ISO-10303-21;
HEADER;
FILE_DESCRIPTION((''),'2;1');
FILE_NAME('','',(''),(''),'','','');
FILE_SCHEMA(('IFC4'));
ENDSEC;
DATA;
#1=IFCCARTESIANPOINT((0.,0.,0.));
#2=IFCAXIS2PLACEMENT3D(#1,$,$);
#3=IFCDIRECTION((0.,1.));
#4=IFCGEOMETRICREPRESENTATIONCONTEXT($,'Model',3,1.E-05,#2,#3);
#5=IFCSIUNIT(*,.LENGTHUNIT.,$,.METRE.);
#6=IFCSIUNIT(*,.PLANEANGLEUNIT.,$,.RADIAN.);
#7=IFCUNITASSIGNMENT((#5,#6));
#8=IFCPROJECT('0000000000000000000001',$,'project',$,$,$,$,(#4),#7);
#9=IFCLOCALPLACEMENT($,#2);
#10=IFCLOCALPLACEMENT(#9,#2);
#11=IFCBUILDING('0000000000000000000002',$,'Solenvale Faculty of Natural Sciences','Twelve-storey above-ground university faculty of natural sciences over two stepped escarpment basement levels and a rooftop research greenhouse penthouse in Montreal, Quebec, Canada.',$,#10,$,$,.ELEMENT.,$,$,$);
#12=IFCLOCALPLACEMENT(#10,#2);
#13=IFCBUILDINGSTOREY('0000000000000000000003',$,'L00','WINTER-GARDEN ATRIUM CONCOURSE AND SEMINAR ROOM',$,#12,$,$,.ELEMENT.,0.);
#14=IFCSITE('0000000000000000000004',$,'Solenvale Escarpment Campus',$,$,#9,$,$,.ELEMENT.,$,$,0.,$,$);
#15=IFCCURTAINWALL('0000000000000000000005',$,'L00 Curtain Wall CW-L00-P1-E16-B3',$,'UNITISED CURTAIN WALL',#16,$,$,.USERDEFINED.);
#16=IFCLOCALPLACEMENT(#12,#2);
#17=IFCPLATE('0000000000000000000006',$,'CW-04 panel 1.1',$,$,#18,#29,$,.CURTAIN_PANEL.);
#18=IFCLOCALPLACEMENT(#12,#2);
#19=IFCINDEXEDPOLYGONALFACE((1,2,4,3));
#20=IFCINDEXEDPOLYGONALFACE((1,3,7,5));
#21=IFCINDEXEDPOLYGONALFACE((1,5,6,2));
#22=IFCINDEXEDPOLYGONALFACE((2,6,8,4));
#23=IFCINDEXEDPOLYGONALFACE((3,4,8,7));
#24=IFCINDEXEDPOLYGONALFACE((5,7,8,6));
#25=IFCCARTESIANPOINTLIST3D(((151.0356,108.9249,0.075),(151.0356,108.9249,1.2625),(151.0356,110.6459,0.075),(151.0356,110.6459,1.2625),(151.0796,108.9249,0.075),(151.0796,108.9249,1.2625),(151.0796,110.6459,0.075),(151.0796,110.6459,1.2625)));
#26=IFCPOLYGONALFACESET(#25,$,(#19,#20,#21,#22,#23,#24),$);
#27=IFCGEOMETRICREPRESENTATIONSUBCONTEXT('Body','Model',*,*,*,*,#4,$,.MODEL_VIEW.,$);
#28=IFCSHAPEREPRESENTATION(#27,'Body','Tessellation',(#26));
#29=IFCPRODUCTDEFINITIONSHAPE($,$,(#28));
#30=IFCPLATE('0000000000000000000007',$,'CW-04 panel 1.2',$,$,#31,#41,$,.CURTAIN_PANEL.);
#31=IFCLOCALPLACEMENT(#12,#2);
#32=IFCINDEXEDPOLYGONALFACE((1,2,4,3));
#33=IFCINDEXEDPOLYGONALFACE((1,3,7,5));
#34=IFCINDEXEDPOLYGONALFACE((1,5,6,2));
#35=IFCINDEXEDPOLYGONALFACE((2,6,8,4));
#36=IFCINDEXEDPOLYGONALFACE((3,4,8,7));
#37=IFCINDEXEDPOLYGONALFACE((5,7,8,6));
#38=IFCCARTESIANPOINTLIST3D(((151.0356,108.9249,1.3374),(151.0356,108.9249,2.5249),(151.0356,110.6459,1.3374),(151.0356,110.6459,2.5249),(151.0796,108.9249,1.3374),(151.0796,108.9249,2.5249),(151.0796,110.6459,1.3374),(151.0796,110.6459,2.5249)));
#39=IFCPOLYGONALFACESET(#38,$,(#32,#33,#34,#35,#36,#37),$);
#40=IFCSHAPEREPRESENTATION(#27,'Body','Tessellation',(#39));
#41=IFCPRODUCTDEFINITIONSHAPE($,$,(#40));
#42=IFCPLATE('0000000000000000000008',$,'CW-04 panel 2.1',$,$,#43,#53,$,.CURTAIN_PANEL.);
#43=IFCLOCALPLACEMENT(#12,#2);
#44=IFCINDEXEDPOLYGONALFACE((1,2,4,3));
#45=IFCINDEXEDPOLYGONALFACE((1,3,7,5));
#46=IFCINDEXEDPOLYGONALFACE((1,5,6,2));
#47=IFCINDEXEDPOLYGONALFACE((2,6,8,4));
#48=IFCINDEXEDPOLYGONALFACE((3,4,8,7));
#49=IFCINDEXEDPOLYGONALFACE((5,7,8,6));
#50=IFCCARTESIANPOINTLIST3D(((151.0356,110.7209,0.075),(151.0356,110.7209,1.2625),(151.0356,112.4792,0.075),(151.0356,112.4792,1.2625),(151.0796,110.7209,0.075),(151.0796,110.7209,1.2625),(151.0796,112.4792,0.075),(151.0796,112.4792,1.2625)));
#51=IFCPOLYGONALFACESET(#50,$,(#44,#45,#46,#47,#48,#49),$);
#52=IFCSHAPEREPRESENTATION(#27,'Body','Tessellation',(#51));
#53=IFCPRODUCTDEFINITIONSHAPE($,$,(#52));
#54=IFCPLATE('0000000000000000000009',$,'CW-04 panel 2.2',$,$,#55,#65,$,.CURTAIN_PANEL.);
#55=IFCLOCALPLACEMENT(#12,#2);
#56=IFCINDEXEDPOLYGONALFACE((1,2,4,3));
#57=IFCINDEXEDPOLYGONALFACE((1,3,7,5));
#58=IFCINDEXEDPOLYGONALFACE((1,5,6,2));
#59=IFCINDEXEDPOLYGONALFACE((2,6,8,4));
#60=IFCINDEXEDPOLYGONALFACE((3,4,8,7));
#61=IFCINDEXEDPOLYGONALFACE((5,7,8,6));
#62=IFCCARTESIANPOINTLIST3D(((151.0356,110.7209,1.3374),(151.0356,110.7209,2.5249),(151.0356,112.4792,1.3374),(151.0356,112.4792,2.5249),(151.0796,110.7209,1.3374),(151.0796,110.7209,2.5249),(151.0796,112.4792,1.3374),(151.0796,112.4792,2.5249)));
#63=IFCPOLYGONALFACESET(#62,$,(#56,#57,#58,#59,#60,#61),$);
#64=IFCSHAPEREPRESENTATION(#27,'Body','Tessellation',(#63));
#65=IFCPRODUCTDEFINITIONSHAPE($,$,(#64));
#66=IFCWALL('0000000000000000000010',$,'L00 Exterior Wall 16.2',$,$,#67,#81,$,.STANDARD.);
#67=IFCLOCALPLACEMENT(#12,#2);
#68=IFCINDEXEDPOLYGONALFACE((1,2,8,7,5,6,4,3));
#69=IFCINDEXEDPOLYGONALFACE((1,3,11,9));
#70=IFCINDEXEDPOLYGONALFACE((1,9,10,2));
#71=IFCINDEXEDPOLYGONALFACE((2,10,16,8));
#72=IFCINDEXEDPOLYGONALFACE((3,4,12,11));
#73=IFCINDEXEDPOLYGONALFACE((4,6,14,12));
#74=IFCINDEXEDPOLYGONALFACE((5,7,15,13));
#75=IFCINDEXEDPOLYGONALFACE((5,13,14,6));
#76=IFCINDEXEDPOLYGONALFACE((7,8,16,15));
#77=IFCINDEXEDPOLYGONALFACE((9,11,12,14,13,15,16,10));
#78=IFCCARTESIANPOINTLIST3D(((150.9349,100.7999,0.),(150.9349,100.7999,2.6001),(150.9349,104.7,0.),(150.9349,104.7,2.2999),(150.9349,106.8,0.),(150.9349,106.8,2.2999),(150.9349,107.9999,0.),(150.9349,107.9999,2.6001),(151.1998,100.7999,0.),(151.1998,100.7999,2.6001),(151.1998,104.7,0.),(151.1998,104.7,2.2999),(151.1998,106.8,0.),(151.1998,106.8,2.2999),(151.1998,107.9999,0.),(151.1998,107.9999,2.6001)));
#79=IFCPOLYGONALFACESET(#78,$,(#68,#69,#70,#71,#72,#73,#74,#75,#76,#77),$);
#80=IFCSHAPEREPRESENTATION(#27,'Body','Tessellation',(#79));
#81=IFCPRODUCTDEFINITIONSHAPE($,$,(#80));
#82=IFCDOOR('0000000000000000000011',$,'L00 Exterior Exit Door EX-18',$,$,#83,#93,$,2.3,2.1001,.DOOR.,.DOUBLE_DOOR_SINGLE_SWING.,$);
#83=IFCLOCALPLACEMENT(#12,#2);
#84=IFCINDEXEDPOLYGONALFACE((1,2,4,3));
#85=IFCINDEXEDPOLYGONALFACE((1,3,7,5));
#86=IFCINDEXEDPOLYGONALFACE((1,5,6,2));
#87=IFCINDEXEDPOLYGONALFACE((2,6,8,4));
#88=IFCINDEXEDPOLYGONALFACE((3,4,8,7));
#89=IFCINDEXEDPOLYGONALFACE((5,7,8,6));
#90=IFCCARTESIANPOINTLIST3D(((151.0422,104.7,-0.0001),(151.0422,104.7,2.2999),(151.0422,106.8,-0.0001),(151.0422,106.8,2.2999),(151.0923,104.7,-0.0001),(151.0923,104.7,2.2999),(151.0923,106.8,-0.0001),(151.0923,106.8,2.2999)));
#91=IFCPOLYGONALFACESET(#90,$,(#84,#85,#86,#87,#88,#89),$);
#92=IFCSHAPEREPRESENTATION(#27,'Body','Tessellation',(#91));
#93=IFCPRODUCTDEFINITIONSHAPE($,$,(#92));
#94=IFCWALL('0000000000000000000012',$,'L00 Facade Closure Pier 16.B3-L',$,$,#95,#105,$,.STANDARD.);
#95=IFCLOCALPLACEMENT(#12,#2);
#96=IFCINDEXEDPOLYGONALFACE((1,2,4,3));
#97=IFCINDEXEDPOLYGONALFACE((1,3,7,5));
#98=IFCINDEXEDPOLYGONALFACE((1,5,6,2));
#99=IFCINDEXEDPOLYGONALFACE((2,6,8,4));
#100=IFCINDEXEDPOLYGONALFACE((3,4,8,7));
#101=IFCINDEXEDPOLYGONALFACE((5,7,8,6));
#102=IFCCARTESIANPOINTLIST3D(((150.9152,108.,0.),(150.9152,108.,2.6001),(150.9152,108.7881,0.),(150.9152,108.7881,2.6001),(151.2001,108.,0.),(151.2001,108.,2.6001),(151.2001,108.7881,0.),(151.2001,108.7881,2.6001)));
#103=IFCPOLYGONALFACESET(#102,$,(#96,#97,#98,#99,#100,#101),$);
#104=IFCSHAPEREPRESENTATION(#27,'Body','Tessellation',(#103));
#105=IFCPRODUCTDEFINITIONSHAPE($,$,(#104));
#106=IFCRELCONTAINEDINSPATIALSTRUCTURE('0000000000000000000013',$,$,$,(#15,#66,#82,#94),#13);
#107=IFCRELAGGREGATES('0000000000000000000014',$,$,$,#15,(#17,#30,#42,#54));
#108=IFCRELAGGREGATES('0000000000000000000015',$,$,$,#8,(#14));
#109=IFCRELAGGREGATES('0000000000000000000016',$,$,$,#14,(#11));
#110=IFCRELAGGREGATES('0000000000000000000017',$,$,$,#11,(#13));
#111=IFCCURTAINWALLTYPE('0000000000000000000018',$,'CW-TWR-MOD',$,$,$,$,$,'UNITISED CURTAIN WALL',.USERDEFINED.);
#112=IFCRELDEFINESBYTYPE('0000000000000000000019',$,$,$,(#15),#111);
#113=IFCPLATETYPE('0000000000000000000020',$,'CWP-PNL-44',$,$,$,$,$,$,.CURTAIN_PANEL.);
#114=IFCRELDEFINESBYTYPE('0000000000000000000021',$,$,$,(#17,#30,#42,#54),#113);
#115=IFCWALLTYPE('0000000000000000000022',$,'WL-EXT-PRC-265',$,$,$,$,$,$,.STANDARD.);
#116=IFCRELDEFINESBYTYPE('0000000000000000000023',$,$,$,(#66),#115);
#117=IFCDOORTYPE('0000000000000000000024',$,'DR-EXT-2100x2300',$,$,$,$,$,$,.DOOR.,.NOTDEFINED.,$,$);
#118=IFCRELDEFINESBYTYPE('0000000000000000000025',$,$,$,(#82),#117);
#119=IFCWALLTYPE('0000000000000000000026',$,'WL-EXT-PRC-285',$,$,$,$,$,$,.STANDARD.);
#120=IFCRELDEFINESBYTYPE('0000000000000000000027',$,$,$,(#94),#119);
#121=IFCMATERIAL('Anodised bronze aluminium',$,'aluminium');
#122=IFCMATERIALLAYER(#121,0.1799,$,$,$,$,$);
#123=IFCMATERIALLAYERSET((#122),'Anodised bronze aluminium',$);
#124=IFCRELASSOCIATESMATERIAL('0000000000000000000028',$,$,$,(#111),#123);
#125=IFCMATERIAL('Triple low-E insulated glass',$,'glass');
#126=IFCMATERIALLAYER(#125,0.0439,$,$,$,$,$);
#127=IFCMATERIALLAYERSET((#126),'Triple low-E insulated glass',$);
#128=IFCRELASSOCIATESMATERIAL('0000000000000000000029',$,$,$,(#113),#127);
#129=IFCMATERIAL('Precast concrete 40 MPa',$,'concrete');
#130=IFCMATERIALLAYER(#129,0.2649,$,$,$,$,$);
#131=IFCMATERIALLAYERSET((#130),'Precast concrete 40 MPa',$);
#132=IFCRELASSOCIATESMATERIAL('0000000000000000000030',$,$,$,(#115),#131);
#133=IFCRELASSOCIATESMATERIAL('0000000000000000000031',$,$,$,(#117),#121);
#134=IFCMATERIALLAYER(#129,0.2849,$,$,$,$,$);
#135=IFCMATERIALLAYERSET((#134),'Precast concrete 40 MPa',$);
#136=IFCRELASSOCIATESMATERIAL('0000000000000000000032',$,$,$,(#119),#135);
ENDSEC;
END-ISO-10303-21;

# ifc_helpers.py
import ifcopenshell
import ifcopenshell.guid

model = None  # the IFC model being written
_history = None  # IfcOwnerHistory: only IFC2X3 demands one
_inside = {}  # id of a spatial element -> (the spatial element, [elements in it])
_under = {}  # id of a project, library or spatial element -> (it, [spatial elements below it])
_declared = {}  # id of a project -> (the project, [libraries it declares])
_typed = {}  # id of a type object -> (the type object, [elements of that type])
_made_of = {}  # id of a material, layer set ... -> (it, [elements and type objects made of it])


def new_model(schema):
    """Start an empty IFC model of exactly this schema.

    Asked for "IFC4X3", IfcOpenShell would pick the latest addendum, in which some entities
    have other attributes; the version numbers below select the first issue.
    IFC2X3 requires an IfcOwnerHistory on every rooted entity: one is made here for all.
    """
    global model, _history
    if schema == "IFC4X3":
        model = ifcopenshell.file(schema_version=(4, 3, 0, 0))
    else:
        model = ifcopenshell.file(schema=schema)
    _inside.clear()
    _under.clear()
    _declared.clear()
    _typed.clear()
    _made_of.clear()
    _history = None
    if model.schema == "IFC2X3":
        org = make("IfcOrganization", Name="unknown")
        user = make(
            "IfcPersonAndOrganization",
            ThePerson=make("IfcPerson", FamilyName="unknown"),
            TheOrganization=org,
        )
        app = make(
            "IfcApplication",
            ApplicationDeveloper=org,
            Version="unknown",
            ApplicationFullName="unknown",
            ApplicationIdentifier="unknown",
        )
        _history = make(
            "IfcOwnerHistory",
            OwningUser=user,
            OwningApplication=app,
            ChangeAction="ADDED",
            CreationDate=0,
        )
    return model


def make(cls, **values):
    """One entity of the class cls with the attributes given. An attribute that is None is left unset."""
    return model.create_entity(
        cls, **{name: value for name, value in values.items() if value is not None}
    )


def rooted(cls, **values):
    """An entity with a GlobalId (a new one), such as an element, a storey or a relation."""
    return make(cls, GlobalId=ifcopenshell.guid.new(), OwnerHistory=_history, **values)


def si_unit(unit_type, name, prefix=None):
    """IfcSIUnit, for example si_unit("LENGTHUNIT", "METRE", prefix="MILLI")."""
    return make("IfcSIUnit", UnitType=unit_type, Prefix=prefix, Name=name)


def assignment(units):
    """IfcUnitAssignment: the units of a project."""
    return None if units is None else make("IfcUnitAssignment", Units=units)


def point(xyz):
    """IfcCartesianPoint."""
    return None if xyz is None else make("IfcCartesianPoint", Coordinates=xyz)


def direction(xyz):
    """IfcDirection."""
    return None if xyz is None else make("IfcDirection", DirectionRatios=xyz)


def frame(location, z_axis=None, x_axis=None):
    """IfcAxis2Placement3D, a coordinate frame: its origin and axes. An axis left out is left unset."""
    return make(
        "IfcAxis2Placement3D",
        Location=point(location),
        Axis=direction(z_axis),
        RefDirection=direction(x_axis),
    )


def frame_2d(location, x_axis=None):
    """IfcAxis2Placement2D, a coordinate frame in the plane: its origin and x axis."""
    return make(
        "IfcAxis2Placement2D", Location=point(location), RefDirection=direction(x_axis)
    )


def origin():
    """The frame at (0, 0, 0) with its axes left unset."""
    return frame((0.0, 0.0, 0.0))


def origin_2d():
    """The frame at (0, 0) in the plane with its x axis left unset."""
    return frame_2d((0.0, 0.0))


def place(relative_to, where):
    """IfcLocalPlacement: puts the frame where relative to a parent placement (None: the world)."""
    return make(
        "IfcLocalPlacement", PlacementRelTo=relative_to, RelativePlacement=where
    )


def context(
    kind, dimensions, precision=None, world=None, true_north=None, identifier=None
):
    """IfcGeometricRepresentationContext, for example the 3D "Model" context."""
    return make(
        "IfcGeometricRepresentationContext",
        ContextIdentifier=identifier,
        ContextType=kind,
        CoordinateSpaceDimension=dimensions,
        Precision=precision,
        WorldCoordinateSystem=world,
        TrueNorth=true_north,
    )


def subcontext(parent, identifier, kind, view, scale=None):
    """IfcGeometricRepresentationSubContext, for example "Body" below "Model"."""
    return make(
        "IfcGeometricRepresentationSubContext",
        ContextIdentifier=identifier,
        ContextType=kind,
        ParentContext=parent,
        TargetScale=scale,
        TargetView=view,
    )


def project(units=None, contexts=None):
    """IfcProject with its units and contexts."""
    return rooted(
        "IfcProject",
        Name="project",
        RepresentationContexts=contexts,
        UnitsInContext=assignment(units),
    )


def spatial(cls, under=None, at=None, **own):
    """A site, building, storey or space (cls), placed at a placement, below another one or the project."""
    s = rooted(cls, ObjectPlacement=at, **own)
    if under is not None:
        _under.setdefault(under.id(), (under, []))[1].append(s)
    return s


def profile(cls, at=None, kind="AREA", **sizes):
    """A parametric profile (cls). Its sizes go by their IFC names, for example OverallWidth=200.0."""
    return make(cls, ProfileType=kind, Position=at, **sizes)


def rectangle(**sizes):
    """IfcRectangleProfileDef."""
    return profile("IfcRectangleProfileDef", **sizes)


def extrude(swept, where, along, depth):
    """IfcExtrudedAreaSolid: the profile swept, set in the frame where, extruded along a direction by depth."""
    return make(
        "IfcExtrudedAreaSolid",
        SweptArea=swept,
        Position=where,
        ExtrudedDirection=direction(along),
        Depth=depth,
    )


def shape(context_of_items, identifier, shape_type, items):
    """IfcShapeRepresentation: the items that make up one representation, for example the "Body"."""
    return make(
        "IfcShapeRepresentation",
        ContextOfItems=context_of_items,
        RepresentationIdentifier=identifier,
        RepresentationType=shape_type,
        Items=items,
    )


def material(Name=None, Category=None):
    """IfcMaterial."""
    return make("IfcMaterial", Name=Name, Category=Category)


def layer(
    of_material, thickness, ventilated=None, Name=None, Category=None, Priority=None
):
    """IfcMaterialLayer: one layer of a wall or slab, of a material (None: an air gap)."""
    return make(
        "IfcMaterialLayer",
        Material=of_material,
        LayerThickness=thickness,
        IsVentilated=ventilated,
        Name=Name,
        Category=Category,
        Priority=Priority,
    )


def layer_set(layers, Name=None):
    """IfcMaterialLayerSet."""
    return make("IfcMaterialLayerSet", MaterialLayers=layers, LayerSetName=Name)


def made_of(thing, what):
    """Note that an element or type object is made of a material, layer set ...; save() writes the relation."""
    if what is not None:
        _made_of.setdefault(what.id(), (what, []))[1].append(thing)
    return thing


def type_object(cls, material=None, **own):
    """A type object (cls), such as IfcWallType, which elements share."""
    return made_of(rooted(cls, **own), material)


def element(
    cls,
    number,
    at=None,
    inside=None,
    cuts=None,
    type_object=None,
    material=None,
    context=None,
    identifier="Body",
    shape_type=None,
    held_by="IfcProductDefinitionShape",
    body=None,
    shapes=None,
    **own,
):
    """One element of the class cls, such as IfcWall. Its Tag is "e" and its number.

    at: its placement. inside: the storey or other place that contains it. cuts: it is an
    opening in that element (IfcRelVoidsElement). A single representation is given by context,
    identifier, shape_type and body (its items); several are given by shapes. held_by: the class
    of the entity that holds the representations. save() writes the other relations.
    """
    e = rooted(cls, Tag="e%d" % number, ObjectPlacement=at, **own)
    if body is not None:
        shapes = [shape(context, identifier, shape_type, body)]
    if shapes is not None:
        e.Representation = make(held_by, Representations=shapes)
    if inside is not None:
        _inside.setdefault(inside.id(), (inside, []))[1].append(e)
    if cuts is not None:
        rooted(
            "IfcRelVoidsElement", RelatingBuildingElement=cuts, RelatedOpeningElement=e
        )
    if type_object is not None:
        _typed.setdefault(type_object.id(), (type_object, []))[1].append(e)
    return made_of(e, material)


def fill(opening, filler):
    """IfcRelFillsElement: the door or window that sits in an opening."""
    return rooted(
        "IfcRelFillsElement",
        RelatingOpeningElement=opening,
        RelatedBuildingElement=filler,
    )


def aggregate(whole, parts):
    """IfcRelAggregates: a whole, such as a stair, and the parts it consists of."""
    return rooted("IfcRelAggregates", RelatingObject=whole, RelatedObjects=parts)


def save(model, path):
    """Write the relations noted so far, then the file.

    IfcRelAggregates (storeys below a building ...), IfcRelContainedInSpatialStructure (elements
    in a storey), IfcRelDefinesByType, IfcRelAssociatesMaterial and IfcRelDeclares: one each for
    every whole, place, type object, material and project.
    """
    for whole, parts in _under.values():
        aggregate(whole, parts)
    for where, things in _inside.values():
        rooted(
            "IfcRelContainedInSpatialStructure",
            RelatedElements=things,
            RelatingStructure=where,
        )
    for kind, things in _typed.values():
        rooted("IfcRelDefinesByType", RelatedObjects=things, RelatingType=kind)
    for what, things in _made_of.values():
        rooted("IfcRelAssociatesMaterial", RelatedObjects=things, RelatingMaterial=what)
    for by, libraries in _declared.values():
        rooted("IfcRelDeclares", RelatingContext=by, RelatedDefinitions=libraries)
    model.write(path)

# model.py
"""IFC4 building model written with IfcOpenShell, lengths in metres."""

from ifc_helpers import new_model, si_unit, direction, frame, frame_2d, origin, origin_2d, place, context, subcontext, project, spatial, rectangle, extrude, material, layer, layer_set, type_object, element, fill, aggregate, save


model = new_model("IFC4")

# Units and contexts
model_context = context("Model", 3, precision=1e-05, world=origin(), true_north=direction((0.0, 1.0)))
body_context = subcontext(model_context, "Body", "Model", "MODEL_VIEW")
ifc_project = project(units=[si_unit("LENGTHUNIT", "METRE"), si_unit("PLANEANGLEUNIT", "RADIAN")], contexts=[model_context])

# Site, building, storey
site_placement = place(None, origin())
site = spatial("IfcSite", under=ifc_project, at=site_placement, Name="Solenvale Escarpment Campus", CompositionType="ELEMENT", RefElevation=0.0)
building_placement = place(site_placement, origin())
building = spatial("IfcBuilding", under=site, at=building_placement, Name="Solenvale Faculty of Natural Sciences", Description="Twelve-storey above-ground university faculty of natural sciences over two stepped escarpment basement levels and a rooftop research greenhouse penthouse in Montreal, Quebec, Canada.", CompositionType="ELEMENT")
storey_placement = place(building_placement, origin())
storey = spatial("IfcBuildingStorey", under=building, at=storey_placement, Name="L00", Description="WINTER-GARDEN ATRIUM CONCOURSE AND SEMINAR ROOM", CompositionType="ELEMENT", Elevation=0.0)

# Curtain wall, plates
ifc_material_1 = material(Name="Anodised bronze aluminium", Category="aluminium")
ifc_layer_1 = layer(ifc_material_1, 0.1799)
ifc_layer_set_1 = layer_set([ifc_layer_1], Name="Anodised bronze aluminium")
curtain_wall_type = type_object("IfcCurtainWallType", Name="CW-TWR-MOD", ElementType="UNITISED CURTAIN WALL", PredefinedType="USERDEFINED", material=ifc_layer_set_1)
curtain_wall_placement = place(storey_placement, origin())
curtain_wall = element("IfcCurtainWall", 1, at=curtain_wall_placement, inside=storey, type_object=curtain_wall_type, Name="L00 Curtain Wall CW-L00-P1-E16-B3", ObjectType="UNITISED CURTAIN WALL", PredefinedType="USERDEFINED")
ifc_material_2 = material(Name="Triple low-E insulated glass", Category="glass")
ifc_layer_2 = layer(ifc_material_2, 0.0439)
ifc_layer_set_2 = layer_set([ifc_layer_2], Name="Triple low-E insulated glass")
plate_type = type_object("IfcPlateType", Name="CWP-PNL-44", PredefinedType="CURTAIN_PANEL", material=ifc_layer_set_2)
plate_1_placement = place(storey_placement, frame((151.0576, 109.7854, 0.075), z_axis=(0.0, 0.0, 1.0), x_axis=(0.0, 1.0, 0.0)))
plate_1 = element("IfcPlate", 2, at=plate_1_placement, type_object=plate_type, Name="CW-04 panel 1.1", PredefinedType="CURTAIN_PANEL", context=body_context, shape_type="SweptSolid", body=[
    extrude(rectangle(XDim=1.7209, YDim=0.0439, at=origin_2d()), origin(), (0.0, 0.0, 1.0), 1.1875),
])
plate_2_placement = place(storey_placement, frame((151.0576, 109.7854, 1.3374), z_axis=(0.0, 0.0, 1.0), x_axis=(0.0, 1.0, 0.0)))
plate_2 = element("IfcPlate", 3, at=plate_2_placement, type_object=plate_type, Name="CW-04 panel 1.2", PredefinedType="CURTAIN_PANEL", context=body_context, shape_type="SweptSolid", body=[
    extrude(rectangle(XDim=1.7209, YDim=0.0439, at=origin_2d()), origin(), (0.0, 0.0, 1.0), 1.1875),
])
plate_3_placement = place(storey_placement, frame((151.0576, 111.6001, 0.075), z_axis=(0.0, 0.0, 1.0), x_axis=(0.0, 1.0, 0.0)))
plate_3 = element("IfcPlate", 4, at=plate_3_placement, type_object=plate_type, Name="CW-04 panel 2.1", PredefinedType="CURTAIN_PANEL", context=body_context, shape_type="SweptSolid", body=[
    extrude(rectangle(XDim=1.7583, YDim=0.0439, at=origin_2d()), origin(), (0.0, 0.0, 1.0), 1.1875),
])
plate_4_placement = place(storey_placement, frame((151.0576, 111.6001, 1.3374), z_axis=(0.0, 0.0, 1.0), x_axis=(0.0, 1.0, 0.0)))
plate_4 = element("IfcPlate", 5, at=plate_4_placement, type_object=plate_type, Name="CW-04 panel 2.2", PredefinedType="CURTAIN_PANEL", context=body_context, shape_type="SweptSolid", body=[
    extrude(rectangle(XDim=1.7583, YDim=0.0439, at=origin_2d()), origin(), (0.0, 0.0, 1.0), 1.1875),
])
aggregate(curtain_wall, [plate_1, plate_2, plate_3, plate_4])

# Wall, opening, door
ifc_material_3 = material(Name="Precast concrete 40 MPa", Category="concrete")
ifc_layer_3 = layer(ifc_material_3, 0.2649)
ifc_layer_set_3 = layer_set([ifc_layer_3], Name="Precast concrete 40 MPa")
wall_type_1 = type_object("IfcWallType", Name="WL-EXT-PRC-265", PredefinedType="STANDARD", material=ifc_layer_set_3)
wall_1_placement = place(storey_placement, frame((151.0674, 108.0, 0.0), z_axis=(0.0, 0.0, 1.0), x_axis=(0.0, -1.0, 0.0)))
wall_1 = element("IfcWall", 6, at=wall_1_placement, inside=storey, type_object=wall_type_1, Name="L00 Exterior Wall 16.2", PredefinedType="STANDARD", context=body_context, shape_type="SweptSolid", body=[
    extrude(rectangle(XDim=7.2, YDim=0.2649, at=frame_2d((3.6001, 0.0))), origin(), (0.0, 0.0, 1.0), 2.6001),
])
opening_placement = place(wall_1_placement, frame((1.2, 0.0, 0.0)))
opening = element("IfcOpeningElement", 7, at=opening_placement, cuts=wall_1, PredefinedType="OPENING", context=body_context, shape_type="SweptSolid", body=[
    extrude(rectangle(XDim=2.1001, YDim=2.3, at=frame_2d((1.05, 1.1499))), frame((0.0, 0.1423, 0.0), z_axis=(0.0, -1.0, 0.0), x_axis=(1.0, 0.0, 0.0)), (0.0, 0.0, 1.0), 0.2849),
])
door_type = type_object("IfcDoorType", Name="DR-EXT-2100x2300", OperationType="NOTDEFINED", PredefinedType="DOOR", material=ifc_material_1)
door_placement = place(opening_placement, origin())
door = element("IfcDoor", 8, at=door_placement, inside=storey, type_object=door_type, Name="L00 Exterior Exit Door EX-18", OperationType="DOUBLE_DOOR_SINGLE_SWING", OverallHeight=2.3, OverallWidth=2.1001, PredefinedType="DOOR", context=body_context, shape_type="SweptSolid", body=[
    extrude(rectangle(XDim=2.1001, YDim=2.3, at=frame_2d((1.05, 1.1499))), frame((0.0, 0.0249, 0.0), z_axis=(0.0, -1.0, 0.0), x_axis=(1.0, 0.0, 0.0)), (0.0, 0.0, 1.0), 0.05),
])
fill(opening, door)

# Wall
ifc_layer_4 = layer(ifc_material_3, 0.2849)
ifc_layer_set_4 = layer_set([ifc_layer_4], Name="Precast concrete 40 MPa")
wall_type_2 = type_object("IfcWallType", Name="WL-EXT-PRC-285", PredefinedType="STANDARD", material=ifc_layer_set_4)
wall_2_placement = place(storey_placement, frame((151.0576, 108.0, 0.0), z_axis=(0.0, 0.0, 1.0), x_axis=(0.0, 1.0, 0.0)))
element("IfcWall", 9, at=wall_2_placement, inside=storey, type_object=wall_type_2, Name="L00 Facade Closure Pier 16.B3-L", PredefinedType="STANDARD", context=body_context, shape_type="SweptSolid", body=[
    extrude(rectangle(XDim=0.7881, YDim=0.2849, at=frame_2d((0.394, 0.0))), origin(), (0.0, 0.0, 1.0), 2.6001),
])

save(model, "model.ifc")
